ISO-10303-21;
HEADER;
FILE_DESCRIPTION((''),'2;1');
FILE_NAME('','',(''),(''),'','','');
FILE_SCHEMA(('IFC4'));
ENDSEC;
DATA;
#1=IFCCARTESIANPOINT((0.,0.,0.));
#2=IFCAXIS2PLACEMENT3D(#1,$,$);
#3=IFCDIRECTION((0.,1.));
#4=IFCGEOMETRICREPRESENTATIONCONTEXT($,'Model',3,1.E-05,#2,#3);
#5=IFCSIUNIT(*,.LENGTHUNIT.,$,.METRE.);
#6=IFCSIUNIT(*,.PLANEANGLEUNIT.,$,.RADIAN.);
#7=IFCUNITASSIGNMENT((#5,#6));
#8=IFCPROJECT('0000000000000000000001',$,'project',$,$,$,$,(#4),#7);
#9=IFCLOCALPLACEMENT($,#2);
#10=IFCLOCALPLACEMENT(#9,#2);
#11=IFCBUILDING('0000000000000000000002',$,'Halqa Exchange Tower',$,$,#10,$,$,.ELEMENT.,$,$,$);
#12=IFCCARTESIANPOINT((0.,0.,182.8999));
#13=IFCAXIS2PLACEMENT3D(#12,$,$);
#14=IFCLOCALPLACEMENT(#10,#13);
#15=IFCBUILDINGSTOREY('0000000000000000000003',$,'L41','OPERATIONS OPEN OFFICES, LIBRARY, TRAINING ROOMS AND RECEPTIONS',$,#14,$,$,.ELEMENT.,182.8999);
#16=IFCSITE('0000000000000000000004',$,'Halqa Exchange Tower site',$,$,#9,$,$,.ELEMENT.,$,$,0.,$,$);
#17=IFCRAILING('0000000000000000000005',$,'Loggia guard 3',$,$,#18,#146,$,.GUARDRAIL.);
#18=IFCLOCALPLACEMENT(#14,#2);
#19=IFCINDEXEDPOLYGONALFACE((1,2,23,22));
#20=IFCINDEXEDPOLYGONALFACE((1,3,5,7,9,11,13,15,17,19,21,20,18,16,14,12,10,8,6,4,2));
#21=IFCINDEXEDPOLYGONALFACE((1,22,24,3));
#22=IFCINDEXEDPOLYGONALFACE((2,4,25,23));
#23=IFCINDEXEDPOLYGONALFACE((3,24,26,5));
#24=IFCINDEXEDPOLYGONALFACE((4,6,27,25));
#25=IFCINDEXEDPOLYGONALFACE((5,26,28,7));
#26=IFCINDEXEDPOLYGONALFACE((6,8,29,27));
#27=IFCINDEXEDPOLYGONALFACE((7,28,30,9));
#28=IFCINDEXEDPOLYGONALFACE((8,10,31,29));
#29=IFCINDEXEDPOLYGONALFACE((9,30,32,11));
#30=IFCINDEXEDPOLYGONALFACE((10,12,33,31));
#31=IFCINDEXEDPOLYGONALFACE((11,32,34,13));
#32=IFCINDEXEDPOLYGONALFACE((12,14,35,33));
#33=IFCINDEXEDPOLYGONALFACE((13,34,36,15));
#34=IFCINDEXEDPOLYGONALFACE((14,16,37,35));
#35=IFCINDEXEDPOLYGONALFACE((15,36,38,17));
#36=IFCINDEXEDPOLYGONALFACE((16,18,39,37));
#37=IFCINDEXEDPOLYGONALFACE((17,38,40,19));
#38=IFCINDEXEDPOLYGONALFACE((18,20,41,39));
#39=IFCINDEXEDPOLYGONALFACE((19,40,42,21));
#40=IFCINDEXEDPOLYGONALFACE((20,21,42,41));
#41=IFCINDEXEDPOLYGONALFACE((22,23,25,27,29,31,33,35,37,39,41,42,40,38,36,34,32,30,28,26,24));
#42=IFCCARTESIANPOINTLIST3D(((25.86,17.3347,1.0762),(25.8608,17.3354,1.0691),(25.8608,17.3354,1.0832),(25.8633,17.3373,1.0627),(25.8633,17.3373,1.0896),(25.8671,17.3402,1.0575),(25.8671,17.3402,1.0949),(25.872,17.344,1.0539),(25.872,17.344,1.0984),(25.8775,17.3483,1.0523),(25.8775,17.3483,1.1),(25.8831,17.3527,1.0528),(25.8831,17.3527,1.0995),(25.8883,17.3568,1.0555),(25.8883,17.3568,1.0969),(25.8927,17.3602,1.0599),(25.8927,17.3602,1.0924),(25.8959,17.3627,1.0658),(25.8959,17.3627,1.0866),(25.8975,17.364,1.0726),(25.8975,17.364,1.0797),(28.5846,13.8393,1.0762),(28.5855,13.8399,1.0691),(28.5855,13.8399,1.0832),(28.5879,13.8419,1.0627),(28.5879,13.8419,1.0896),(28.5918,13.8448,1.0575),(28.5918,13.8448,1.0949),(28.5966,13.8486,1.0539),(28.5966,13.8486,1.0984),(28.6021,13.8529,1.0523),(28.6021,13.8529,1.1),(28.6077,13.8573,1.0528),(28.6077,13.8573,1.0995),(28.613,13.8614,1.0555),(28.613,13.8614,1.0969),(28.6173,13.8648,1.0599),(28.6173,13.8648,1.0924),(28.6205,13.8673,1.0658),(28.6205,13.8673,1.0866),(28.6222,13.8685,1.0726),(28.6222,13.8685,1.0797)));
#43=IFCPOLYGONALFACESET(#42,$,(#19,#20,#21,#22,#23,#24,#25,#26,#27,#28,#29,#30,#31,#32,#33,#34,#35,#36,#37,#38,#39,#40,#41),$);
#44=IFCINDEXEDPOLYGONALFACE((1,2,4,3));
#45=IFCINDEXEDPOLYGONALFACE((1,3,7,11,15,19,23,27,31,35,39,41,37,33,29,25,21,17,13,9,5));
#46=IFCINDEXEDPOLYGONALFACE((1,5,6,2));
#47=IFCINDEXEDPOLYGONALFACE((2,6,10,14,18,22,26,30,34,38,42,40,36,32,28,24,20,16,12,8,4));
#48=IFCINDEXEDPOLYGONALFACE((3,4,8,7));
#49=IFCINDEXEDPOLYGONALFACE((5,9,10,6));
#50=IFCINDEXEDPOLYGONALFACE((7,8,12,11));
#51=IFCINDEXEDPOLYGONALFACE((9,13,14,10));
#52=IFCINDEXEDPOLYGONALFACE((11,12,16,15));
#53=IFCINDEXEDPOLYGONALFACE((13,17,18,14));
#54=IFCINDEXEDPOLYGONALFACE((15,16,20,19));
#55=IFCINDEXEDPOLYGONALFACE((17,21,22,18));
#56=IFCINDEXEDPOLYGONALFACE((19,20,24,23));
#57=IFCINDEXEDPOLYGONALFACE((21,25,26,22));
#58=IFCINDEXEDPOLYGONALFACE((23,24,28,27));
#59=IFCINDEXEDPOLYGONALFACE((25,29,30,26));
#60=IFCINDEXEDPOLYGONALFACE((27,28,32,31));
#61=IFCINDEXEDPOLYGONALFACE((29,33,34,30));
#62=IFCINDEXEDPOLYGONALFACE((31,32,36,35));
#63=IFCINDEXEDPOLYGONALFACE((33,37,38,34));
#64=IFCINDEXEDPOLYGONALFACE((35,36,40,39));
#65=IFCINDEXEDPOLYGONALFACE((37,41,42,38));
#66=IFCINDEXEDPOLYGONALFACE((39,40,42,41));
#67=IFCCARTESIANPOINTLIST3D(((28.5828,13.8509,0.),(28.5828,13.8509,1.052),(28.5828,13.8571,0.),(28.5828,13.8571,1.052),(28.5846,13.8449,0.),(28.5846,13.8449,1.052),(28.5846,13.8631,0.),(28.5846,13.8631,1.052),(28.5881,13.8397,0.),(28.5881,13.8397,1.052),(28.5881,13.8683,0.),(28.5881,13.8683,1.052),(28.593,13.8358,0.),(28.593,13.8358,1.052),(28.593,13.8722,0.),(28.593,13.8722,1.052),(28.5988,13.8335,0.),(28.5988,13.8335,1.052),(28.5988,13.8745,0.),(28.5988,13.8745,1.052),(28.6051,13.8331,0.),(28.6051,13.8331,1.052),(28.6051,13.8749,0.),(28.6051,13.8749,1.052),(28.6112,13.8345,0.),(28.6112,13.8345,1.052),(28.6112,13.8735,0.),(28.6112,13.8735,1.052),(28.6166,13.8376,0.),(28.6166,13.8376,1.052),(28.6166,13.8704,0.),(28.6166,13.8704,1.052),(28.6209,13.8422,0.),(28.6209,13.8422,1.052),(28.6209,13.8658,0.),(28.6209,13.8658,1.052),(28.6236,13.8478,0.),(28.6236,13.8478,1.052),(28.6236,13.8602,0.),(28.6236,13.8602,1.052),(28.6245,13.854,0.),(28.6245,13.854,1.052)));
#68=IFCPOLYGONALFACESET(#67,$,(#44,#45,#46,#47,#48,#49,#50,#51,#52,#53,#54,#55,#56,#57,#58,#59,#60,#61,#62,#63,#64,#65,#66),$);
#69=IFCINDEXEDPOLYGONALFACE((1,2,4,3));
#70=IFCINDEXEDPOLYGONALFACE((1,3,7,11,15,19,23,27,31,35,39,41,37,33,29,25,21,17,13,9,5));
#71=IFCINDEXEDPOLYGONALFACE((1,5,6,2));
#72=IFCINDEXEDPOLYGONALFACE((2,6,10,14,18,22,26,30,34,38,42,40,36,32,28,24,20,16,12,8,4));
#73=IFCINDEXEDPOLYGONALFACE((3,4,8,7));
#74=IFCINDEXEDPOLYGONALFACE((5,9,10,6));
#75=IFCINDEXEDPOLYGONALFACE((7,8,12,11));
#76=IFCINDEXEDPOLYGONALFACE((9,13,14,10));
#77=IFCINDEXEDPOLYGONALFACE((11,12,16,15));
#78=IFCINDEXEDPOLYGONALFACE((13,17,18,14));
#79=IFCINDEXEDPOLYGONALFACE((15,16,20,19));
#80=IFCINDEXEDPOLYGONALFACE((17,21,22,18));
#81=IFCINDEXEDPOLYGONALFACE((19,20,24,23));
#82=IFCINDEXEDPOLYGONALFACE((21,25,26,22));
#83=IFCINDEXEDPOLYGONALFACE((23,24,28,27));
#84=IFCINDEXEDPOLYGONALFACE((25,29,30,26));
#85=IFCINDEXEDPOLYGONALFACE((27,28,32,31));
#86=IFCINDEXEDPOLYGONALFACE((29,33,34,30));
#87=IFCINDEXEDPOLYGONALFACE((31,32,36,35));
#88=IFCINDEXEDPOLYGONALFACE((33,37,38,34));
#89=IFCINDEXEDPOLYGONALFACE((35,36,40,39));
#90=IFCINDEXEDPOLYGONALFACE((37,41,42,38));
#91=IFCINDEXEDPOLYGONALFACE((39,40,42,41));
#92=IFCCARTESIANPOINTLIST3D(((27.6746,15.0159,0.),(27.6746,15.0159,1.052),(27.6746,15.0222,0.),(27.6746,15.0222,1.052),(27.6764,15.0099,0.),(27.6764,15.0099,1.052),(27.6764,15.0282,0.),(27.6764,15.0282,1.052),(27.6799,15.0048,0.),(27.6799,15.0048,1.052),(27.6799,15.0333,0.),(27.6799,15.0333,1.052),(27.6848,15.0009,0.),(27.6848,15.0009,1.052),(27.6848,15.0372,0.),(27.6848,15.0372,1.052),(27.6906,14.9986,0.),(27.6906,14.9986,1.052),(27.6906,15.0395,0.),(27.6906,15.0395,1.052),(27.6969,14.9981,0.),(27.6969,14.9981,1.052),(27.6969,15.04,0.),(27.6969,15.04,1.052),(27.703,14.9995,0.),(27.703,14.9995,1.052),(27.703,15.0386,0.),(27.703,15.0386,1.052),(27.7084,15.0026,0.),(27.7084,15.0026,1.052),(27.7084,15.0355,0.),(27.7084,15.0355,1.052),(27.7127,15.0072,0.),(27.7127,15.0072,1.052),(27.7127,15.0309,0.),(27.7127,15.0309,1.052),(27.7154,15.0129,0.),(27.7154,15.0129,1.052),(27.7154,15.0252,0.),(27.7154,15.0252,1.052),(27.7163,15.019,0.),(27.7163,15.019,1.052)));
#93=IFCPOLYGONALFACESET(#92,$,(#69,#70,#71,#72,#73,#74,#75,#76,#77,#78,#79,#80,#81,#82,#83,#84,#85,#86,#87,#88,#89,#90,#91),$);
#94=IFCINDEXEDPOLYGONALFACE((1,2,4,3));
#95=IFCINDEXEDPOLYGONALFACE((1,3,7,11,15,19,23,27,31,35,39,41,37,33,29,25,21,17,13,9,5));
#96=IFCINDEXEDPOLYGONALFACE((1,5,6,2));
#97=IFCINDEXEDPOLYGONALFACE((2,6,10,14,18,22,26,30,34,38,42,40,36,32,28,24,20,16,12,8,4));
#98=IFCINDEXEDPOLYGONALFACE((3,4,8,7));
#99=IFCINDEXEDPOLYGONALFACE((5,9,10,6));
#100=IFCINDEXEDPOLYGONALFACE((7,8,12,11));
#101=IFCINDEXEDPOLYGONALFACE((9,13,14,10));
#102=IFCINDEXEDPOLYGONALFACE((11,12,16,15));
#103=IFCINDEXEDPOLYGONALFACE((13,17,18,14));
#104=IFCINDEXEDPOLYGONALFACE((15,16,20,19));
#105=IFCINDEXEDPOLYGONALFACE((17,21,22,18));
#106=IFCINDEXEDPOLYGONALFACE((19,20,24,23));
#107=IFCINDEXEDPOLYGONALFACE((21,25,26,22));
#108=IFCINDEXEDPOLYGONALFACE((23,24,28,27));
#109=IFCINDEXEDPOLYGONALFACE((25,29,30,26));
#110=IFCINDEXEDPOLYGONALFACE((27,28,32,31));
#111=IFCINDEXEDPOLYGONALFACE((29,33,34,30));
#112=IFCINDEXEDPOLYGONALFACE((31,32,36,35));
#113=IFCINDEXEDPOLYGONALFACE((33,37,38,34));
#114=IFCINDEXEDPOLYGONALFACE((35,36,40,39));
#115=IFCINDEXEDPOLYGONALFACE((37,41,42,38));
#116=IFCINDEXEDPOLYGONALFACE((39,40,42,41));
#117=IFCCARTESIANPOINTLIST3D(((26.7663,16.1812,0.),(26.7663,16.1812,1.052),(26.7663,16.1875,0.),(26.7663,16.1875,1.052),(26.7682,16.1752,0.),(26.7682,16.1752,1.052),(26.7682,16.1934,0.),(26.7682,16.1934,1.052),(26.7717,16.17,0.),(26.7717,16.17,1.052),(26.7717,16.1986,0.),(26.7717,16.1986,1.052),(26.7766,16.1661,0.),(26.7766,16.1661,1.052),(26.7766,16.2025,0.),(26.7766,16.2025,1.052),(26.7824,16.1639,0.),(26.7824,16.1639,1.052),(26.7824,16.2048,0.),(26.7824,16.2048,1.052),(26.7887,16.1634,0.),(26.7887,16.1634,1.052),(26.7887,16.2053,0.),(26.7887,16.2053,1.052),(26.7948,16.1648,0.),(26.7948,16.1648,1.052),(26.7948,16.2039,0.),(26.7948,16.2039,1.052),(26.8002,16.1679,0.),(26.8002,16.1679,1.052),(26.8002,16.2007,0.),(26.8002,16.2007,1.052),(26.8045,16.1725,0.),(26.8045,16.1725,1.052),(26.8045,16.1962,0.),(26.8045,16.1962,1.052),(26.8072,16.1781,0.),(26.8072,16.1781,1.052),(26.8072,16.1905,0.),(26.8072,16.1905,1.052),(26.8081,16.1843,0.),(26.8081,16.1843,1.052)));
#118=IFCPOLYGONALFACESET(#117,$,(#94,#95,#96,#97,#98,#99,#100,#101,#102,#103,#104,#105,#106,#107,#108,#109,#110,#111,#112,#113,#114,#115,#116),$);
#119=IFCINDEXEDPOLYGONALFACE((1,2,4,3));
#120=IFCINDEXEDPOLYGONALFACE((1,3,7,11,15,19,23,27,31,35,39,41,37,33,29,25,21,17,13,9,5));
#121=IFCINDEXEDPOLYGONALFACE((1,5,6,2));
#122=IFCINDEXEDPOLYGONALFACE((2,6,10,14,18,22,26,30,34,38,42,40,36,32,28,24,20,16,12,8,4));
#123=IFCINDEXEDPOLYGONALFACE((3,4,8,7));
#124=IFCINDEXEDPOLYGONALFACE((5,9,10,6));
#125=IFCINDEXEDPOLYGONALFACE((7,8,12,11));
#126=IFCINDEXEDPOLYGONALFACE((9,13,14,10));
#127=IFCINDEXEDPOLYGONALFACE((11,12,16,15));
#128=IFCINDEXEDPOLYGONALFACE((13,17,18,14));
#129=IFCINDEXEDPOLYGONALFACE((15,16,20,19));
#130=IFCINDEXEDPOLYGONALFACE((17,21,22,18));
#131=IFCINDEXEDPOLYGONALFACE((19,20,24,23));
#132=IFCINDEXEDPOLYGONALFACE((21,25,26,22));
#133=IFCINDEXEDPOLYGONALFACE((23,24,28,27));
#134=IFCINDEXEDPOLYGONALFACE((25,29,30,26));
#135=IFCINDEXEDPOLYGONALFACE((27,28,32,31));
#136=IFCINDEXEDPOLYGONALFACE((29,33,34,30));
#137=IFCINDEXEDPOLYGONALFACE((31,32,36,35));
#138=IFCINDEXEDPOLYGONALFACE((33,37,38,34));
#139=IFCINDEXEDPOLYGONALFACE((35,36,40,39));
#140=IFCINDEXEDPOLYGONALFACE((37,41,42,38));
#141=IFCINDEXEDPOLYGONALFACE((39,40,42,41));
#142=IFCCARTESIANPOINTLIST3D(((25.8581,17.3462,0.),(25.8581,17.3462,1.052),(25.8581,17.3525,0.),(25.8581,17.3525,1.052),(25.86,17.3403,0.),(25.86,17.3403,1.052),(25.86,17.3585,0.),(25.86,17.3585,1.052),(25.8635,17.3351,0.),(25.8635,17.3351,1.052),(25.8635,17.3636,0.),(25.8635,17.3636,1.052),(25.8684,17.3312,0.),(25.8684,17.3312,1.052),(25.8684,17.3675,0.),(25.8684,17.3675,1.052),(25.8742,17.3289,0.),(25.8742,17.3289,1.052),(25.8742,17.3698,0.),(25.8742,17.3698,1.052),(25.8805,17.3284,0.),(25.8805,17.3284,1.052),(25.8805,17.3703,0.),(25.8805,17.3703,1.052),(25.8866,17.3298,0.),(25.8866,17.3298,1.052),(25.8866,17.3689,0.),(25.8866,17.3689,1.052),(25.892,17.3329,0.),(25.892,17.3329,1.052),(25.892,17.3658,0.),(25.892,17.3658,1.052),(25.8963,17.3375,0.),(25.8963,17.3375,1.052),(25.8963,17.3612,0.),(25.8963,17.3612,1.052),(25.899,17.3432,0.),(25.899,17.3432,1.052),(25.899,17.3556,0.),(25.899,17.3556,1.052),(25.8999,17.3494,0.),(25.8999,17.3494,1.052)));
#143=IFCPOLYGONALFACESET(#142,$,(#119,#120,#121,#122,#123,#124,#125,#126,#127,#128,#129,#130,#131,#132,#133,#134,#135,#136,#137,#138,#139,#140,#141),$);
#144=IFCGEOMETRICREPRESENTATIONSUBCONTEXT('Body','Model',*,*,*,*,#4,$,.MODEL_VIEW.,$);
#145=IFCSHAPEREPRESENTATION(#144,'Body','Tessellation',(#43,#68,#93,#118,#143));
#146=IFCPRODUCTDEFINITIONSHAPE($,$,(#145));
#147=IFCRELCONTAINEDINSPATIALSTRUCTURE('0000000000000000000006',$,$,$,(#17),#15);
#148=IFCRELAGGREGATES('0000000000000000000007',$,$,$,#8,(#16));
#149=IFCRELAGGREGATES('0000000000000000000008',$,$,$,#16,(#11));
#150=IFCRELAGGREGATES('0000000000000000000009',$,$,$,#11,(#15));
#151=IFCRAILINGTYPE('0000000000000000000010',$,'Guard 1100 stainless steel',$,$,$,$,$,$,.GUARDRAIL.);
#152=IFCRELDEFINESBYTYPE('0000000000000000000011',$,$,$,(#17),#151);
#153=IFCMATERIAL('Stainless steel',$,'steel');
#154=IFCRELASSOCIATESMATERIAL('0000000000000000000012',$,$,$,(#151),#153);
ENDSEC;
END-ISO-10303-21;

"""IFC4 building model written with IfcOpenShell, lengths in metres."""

from ifc_helpers import new_model, si_unit, direction, frame, origin, origin_2d, place, context, subcontext, project, spatial, circle, extrude, material, type_object, element, save


model = new_model("IFC4")

# Units and contexts
model_context = context("Model", 3, precision=1e-05, world=origin(), true_north=direction((0.0, 1.0)))
body_context = subcontext(model_context, "Body", "Model", "MODEL_VIEW")
ifc_project = project(units=[si_unit("LENGTHUNIT", "METRE"), si_unit("PLANEANGLEUNIT", "RADIAN")], contexts=[model_context])

# Site, building, storey
site_placement = place(None, origin())
site = spatial("IfcSite", under=ifc_project, at=site_placement, Name="Halqa Exchange Tower site", CompositionType="ELEMENT", RefElevation=0.0)
building_placement = place(site_placement, origin())
building = spatial("IfcBuilding", under=site, at=building_placement, Name="Halqa Exchange Tower", CompositionType="ELEMENT")
storey_placement = place(building_placement, frame((0.0, 0.0, 182.8999)))
storey = spatial("IfcBuildingStorey", under=building, at=storey_placement, Name="L41", Description="OPERATIONS OPEN OFFICES, LIBRARY, TRAINING ROOMS AND RECEPTIONS", CompositionType="ELEMENT", Elevation=182.8999)

# Railing
ifc_material_1 = material(Name="Stainless steel", Category="steel")
railing_type = type_object("IfcRailingType", Name="Guard 1100 stainless steel", PredefinedType="GUARDRAIL", material=ifc_material_1)
railing_1_placement = place(storey_placement, frame((28.6035, 13.854, 0.0)))
element("IfcRailing", 1, at=railing_1_placement, inside=storey, type_object=railing_type, Name="Loggia guard 3", PredefinedType="GUARDRAIL", context=body_context, shape_type="SweptSolid", body=[
    extrude(circle(Radius=0.0239, at=origin_2d()), frame((0.0, 0.0, 1.0762), z_axis=(-0.614783, 0.788696, 0.0), x_axis=(-0.788696, -0.614783, 0.0)), (0.0, 0.0, 1.0), 4.4319),
    extrude(circle(Radius=0.021, at=origin_2d()), origin(), (0.0, 0.0, 1.0), 1.052),
    extrude(circle(Radius=0.021, at=origin_2d()), frame((-0.9082, 1.165, 0.0)), (0.0, 0.0, 1.0), 1.052),
    extrude(circle(Radius=0.021, at=origin_2d()), frame((-1.8164, 2.3303, 0.0)), (0.0, 0.0, 1.0), 1.052),
    extrude(circle(Radius=0.021, at=origin_2d()), frame((-2.7246, 3.4954, 0.0)), (0.0, 0.0, 1.0), 1.052),
])

save(model, "model.ifc")
